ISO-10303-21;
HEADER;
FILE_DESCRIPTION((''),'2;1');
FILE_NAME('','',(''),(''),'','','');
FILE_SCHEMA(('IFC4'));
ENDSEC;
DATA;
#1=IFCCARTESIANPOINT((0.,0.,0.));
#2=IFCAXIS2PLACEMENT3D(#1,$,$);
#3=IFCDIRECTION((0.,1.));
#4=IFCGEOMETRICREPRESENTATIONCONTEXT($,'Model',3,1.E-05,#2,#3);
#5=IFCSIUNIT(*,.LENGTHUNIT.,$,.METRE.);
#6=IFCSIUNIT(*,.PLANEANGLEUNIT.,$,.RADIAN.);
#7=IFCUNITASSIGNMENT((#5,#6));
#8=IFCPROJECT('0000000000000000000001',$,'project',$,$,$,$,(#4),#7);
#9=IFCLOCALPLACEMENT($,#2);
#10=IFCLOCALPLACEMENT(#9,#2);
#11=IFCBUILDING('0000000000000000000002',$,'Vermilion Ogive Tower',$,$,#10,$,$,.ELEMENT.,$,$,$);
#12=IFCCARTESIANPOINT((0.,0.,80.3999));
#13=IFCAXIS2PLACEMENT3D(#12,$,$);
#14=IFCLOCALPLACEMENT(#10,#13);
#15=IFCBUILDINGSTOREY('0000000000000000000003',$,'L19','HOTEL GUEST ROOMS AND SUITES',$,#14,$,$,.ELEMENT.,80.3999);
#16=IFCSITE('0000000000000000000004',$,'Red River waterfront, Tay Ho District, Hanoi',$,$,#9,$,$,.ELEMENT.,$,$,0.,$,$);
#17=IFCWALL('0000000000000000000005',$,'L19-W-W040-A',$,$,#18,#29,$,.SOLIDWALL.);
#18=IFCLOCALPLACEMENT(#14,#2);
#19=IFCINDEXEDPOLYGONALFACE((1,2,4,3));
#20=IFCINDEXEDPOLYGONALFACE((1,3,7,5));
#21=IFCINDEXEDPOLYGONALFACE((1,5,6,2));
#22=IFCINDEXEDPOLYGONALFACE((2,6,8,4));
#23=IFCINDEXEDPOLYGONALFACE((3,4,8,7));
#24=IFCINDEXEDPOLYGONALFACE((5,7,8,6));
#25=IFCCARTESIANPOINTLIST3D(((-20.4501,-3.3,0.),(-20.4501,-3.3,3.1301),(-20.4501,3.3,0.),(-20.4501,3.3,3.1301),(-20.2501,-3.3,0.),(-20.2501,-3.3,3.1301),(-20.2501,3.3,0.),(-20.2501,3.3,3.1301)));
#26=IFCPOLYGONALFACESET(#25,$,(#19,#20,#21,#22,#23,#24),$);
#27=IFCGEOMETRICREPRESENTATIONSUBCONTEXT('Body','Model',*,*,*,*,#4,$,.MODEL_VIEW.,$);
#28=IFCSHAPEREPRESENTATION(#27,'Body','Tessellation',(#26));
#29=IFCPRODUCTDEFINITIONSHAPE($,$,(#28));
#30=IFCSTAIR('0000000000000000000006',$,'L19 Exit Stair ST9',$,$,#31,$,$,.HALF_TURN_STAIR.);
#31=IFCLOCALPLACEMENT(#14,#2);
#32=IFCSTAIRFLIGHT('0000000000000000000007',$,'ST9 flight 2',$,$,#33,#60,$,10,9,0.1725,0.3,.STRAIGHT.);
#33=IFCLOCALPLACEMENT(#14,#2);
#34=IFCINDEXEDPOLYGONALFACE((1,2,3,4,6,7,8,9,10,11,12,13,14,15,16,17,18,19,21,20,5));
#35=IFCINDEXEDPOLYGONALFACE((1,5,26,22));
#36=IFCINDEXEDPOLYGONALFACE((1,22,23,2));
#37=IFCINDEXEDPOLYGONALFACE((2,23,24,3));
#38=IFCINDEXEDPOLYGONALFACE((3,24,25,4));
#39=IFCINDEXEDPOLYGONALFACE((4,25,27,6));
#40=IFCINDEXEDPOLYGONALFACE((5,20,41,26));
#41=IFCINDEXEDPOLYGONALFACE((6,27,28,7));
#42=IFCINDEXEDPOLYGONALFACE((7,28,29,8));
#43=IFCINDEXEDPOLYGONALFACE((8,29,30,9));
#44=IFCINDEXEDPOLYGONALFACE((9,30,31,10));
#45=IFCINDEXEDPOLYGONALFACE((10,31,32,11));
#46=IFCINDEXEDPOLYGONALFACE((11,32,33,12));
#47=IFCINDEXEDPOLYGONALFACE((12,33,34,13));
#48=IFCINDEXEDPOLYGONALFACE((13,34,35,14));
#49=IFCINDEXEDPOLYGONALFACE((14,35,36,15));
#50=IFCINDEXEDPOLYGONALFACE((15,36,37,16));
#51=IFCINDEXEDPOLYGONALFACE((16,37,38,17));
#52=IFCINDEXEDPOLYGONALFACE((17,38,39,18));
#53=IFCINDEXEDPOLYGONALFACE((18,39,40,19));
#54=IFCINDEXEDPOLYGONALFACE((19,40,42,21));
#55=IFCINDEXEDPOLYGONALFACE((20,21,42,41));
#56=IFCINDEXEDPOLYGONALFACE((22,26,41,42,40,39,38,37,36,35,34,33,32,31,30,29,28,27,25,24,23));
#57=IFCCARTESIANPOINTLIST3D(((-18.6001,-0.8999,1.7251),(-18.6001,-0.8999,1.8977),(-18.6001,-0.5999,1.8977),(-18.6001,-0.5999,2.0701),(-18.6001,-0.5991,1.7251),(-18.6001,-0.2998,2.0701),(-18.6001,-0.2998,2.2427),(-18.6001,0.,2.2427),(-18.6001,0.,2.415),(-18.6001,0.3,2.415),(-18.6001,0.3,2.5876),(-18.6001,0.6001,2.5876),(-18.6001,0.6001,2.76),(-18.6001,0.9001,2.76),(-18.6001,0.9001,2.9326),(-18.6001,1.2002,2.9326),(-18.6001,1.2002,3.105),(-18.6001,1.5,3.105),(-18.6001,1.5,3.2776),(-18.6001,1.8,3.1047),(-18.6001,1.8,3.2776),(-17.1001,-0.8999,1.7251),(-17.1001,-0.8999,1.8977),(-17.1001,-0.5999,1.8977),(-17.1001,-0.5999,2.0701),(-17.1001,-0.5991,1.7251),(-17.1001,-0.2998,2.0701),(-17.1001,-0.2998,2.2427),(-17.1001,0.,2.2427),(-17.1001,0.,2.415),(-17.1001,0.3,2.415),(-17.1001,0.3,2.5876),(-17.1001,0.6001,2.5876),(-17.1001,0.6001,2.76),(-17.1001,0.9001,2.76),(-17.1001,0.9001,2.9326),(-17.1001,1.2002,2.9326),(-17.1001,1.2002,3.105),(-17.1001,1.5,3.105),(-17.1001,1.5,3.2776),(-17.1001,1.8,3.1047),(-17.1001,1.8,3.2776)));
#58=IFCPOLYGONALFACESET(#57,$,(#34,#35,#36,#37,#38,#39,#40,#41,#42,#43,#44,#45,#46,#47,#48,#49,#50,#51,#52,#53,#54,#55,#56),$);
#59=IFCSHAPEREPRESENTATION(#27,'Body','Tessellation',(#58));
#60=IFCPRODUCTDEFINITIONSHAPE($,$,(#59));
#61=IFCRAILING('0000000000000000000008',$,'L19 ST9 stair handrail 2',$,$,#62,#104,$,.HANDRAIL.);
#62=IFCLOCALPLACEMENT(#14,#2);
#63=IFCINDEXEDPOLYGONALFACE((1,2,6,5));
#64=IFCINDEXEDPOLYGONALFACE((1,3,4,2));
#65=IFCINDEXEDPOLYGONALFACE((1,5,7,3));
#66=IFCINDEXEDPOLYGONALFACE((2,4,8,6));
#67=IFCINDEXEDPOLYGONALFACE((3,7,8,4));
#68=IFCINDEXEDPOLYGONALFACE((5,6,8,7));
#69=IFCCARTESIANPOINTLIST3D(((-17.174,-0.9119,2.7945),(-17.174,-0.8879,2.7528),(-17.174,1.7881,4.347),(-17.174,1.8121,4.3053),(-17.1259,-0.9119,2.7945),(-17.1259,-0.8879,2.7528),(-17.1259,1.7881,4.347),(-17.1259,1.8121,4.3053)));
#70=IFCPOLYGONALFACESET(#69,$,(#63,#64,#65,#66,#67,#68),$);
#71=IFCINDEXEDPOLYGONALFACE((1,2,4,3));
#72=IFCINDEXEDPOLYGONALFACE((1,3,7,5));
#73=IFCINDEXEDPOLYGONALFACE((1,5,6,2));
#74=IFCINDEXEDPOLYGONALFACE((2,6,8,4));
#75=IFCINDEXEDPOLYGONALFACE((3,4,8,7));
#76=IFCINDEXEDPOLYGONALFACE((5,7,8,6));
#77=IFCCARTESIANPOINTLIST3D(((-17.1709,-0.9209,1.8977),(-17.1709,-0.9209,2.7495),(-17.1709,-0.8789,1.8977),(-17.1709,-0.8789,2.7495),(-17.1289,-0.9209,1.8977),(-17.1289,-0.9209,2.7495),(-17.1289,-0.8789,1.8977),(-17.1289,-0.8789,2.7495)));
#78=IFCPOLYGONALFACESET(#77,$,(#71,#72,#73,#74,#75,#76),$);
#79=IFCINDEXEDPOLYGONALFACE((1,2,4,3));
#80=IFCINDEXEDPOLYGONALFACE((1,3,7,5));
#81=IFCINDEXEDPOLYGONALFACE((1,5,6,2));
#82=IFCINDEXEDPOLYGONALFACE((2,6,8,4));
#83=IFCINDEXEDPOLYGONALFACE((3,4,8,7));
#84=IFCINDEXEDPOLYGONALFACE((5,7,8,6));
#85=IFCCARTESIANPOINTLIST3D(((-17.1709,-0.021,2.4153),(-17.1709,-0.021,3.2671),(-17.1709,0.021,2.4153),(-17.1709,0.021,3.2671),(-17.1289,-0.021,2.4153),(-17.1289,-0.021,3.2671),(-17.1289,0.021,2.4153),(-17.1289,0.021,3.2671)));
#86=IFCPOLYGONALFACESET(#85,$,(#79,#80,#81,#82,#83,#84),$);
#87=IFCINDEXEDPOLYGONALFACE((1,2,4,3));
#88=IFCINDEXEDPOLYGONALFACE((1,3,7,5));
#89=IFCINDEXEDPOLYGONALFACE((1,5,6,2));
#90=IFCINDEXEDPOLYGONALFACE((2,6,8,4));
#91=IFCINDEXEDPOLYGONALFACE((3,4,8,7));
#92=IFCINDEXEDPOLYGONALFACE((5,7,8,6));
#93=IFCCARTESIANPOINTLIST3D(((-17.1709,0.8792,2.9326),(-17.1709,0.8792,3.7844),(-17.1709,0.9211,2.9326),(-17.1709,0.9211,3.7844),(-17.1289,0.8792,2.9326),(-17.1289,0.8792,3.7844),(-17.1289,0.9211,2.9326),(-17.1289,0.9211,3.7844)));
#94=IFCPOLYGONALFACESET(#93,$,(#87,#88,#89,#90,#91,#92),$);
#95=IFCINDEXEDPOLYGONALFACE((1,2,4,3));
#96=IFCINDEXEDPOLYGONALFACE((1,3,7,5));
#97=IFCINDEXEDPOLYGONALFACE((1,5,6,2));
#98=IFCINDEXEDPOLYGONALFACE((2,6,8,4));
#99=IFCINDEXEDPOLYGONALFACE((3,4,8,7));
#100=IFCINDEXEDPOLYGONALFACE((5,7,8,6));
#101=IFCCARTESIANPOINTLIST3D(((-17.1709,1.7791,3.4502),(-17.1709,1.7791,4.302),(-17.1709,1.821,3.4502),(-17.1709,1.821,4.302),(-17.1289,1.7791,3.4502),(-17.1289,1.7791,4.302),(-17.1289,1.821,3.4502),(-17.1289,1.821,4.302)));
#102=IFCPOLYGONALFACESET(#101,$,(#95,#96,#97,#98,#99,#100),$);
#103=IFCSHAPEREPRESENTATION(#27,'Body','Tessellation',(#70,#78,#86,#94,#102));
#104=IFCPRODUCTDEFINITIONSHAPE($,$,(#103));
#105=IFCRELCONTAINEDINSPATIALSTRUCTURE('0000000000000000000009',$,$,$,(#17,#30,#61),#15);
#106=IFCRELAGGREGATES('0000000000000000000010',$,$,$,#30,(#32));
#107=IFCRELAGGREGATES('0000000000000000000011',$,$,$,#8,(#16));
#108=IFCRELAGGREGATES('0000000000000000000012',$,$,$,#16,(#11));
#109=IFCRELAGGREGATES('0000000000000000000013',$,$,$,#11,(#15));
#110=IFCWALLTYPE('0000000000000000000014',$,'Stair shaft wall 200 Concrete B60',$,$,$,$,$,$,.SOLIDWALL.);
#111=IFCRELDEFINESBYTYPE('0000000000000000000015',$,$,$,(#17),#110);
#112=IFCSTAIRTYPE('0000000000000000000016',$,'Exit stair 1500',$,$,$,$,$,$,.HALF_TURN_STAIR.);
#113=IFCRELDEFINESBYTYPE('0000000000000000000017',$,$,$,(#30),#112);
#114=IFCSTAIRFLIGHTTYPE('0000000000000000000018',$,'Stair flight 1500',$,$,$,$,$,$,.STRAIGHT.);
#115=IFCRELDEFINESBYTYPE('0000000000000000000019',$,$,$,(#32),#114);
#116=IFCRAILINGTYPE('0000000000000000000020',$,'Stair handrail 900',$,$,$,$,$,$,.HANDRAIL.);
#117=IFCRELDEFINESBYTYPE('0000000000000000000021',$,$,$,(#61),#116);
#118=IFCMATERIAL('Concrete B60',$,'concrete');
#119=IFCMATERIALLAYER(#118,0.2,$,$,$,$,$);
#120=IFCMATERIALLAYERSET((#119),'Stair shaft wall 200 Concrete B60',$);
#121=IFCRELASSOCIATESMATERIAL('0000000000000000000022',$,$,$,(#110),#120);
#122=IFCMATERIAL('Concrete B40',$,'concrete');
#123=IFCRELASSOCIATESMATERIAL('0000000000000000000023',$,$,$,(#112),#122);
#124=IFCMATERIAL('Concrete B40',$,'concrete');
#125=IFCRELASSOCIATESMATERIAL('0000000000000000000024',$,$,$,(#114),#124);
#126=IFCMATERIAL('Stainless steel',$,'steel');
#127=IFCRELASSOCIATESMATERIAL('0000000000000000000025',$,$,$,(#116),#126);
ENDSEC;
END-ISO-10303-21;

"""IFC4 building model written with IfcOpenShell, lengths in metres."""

from ifc_helpers import new_model, si_unit, direction, frame, frame_2d, origin, origin_2d, place, context, subcontext, project, spatial, polyline, rectangle, outline, extrude, material, layer, layer_set, type_object, element, aggregate, save


model = new_model("IFC4")

# Units and contexts
model_context = context("Model", 3, precision=1e-05, world=origin(), true_north=direction((0.0, 1.0)))
body_context = subcontext(model_context, "Body", "Model", "MODEL_VIEW")
ifc_project = project(units=[si_unit("LENGTHUNIT", "METRE"), si_unit("PLANEANGLEUNIT", "RADIAN")], contexts=[model_context])

# Site, building, storey
site_placement = place(None, origin())
site = spatial("IfcSite", under=ifc_project, at=site_placement, Name="Red River waterfront, Tay Ho District, Hanoi", CompositionType="ELEMENT", RefElevation=0.0)
building_placement = place(site_placement, origin())
building = spatial("IfcBuilding", under=site, at=building_placement, Name="Vermilion Ogive Tower", CompositionType="ELEMENT")
storey_placement = place(building_placement, frame((0.0, 0.0, 80.3999)))
storey = spatial("IfcBuildingStorey", under=building, at=storey_placement, Name="L19", Description="HOTEL GUEST ROOMS AND SUITES", CompositionType="ELEMENT", Elevation=80.3999)

# Shared definitions
ifc_material_1 = material(Name="Concrete B60", Category="concrete")
ifc_layer_1 = layer(ifc_material_1, 0.2)
ifc_layer_set_1 = layer_set([ifc_layer_1], Name="Stair shaft wall 200 Concrete B60")
wall_type_1 = type_object("IfcWallType", Name="Stair shaft wall 200 Concrete B60", PredefinedType="SOLIDWALL", material=ifc_layer_set_1)

# Wall
wall_1_placement = place(storey_placement, frame((-20.3501, -3.3, 0.0), z_axis=(0.0, 0.0, 1.0), x_axis=(0.0, 1.0, 0.0)))
element("IfcWall", 1, at=wall_1_placement, inside=storey, type_object=wall_type_1, Name="L19-W-W040-A", PredefinedType="SOLIDWALL", context=body_context, shape_type="SweptSolid", body=[
    extrude(rectangle(XDim=6.6001, YDim=0.2, at=frame_2d((3.3, 0.0))), origin(), (0.0, 0.0, 1.0), 3.1301),
])

# Stair, stair flight
ifc_material_2 = material(Name="Concrete B40", Category="concrete")
stair_type = type_object("IfcStairType", Name="Exit stair 1500", PredefinedType="HALF_TURN_STAIR", material=ifc_material_2)
stair_placement = place(storey_placement, origin())
stair = element("IfcStair", 2, at=stair_placement, inside=storey, type_object=stair_type, Name="L19 Exit Stair ST9", PredefinedType="HALF_TURN_STAIR")
ifc_material_3 = material(Name="Concrete B40", Category="concrete")
stair_flight_type = type_object("IfcStairFlightType", Name="Stair flight 1500", PredefinedType="STRAIGHT", material=ifc_material_3)
stair_flight_placement = place(storey_placement, frame((-17.8501, -0.8999, 1.7251), z_axis=(0.0, 0.0, 1.0), x_axis=(0.0, 1.0, 0.0)))
stair_flight = element("IfcStairFlight", 3, at=stair_flight_placement, type_object=stair_flight_type, Name="ST9 flight 2", NumberOfRisers=10, NumberOfTreads=9, PredefinedType="STRAIGHT", RiserHeight=0.1725, TreadLength=0.3, context=body_context, shape_type="SweptSolid", body=[
    extrude(outline(polyline([(0.0, 0.0), (0.0, 0.1726), (0.3, 0.1726), (0.3, 0.345), (0.6001, 0.345), (0.6001, 0.5176), (0.8999, 0.5176), (0.8999, 0.6899), (1.2, 0.6899), (1.2, 0.8625), (1.5, 0.8625), (1.5, 1.0349), (1.8, 1.0349), (1.8, 1.2075), (2.1001, 1.2075), (2.1001, 1.3799), (2.3999, 1.3799), (2.3999, 1.5525), (2.7, 1.5525), (2.7, 1.7251), (2.7, 1.3796), (0.3008, 0.0), (0.0, 0.0)])), frame((0.0, 0.75, 0.0), z_axis=(0.0, -1.0, 0.0), x_axis=(1.0, 0.0, 0.0)), (0.0, 0.0, 1.0), 1.5),
])
aggregate(stair, [stair_flight])

# Railing
ifc_material_4 = material(Name="Stainless steel", Category="steel")
railing_type = type_object("IfcRailingType", Name="Stair handrail 900", PredefinedType="HANDRAIL", material=ifc_material_4)
railing_placement = place(storey_placement, frame((-17.1499, -0.8999, 1.8977)))
element("IfcRailing", 4, at=railing_placement, inside=storey, type_object=railing_type, Name="L19 ST9 stair handrail 2", PredefinedType="HANDRAIL", context=body_context, shape_type="SweptSolid", body=[
    extrude(rectangle(XDim=0.0481, YDim=0.0481, at=origin_2d()), frame((0.0, 0.0, 0.876), z_axis=(0.0, 0.866904, 0.498476), x_axis=(-1.0, 0.0, 0.0)), (0.0, 0.0, 1.0), 3.1145),
    extrude(rectangle(XDim=0.042, YDim=0.042, at=origin_2d()), origin(), (0.0, 0.0, 1.0), 0.8518),
    extrude(rectangle(XDim=0.042, YDim=0.042, at=origin_2d()), frame((0.0, 0.8999, 0.5176)), (0.0, 0.0, 1.0), 0.8518),
    extrude(rectangle(XDim=0.042, YDim=0.042, at=origin_2d()), frame((0.0, 1.8, 1.0349)), (0.0, 0.0, 1.0), 0.8518),
    extrude(rectangle(XDim=0.042, YDim=0.042, at=origin_2d()), frame((0.0, 2.7, 1.5525)), (0.0, 0.0, 1.0), 0.8518),
])

save(model, "model.ifc")
